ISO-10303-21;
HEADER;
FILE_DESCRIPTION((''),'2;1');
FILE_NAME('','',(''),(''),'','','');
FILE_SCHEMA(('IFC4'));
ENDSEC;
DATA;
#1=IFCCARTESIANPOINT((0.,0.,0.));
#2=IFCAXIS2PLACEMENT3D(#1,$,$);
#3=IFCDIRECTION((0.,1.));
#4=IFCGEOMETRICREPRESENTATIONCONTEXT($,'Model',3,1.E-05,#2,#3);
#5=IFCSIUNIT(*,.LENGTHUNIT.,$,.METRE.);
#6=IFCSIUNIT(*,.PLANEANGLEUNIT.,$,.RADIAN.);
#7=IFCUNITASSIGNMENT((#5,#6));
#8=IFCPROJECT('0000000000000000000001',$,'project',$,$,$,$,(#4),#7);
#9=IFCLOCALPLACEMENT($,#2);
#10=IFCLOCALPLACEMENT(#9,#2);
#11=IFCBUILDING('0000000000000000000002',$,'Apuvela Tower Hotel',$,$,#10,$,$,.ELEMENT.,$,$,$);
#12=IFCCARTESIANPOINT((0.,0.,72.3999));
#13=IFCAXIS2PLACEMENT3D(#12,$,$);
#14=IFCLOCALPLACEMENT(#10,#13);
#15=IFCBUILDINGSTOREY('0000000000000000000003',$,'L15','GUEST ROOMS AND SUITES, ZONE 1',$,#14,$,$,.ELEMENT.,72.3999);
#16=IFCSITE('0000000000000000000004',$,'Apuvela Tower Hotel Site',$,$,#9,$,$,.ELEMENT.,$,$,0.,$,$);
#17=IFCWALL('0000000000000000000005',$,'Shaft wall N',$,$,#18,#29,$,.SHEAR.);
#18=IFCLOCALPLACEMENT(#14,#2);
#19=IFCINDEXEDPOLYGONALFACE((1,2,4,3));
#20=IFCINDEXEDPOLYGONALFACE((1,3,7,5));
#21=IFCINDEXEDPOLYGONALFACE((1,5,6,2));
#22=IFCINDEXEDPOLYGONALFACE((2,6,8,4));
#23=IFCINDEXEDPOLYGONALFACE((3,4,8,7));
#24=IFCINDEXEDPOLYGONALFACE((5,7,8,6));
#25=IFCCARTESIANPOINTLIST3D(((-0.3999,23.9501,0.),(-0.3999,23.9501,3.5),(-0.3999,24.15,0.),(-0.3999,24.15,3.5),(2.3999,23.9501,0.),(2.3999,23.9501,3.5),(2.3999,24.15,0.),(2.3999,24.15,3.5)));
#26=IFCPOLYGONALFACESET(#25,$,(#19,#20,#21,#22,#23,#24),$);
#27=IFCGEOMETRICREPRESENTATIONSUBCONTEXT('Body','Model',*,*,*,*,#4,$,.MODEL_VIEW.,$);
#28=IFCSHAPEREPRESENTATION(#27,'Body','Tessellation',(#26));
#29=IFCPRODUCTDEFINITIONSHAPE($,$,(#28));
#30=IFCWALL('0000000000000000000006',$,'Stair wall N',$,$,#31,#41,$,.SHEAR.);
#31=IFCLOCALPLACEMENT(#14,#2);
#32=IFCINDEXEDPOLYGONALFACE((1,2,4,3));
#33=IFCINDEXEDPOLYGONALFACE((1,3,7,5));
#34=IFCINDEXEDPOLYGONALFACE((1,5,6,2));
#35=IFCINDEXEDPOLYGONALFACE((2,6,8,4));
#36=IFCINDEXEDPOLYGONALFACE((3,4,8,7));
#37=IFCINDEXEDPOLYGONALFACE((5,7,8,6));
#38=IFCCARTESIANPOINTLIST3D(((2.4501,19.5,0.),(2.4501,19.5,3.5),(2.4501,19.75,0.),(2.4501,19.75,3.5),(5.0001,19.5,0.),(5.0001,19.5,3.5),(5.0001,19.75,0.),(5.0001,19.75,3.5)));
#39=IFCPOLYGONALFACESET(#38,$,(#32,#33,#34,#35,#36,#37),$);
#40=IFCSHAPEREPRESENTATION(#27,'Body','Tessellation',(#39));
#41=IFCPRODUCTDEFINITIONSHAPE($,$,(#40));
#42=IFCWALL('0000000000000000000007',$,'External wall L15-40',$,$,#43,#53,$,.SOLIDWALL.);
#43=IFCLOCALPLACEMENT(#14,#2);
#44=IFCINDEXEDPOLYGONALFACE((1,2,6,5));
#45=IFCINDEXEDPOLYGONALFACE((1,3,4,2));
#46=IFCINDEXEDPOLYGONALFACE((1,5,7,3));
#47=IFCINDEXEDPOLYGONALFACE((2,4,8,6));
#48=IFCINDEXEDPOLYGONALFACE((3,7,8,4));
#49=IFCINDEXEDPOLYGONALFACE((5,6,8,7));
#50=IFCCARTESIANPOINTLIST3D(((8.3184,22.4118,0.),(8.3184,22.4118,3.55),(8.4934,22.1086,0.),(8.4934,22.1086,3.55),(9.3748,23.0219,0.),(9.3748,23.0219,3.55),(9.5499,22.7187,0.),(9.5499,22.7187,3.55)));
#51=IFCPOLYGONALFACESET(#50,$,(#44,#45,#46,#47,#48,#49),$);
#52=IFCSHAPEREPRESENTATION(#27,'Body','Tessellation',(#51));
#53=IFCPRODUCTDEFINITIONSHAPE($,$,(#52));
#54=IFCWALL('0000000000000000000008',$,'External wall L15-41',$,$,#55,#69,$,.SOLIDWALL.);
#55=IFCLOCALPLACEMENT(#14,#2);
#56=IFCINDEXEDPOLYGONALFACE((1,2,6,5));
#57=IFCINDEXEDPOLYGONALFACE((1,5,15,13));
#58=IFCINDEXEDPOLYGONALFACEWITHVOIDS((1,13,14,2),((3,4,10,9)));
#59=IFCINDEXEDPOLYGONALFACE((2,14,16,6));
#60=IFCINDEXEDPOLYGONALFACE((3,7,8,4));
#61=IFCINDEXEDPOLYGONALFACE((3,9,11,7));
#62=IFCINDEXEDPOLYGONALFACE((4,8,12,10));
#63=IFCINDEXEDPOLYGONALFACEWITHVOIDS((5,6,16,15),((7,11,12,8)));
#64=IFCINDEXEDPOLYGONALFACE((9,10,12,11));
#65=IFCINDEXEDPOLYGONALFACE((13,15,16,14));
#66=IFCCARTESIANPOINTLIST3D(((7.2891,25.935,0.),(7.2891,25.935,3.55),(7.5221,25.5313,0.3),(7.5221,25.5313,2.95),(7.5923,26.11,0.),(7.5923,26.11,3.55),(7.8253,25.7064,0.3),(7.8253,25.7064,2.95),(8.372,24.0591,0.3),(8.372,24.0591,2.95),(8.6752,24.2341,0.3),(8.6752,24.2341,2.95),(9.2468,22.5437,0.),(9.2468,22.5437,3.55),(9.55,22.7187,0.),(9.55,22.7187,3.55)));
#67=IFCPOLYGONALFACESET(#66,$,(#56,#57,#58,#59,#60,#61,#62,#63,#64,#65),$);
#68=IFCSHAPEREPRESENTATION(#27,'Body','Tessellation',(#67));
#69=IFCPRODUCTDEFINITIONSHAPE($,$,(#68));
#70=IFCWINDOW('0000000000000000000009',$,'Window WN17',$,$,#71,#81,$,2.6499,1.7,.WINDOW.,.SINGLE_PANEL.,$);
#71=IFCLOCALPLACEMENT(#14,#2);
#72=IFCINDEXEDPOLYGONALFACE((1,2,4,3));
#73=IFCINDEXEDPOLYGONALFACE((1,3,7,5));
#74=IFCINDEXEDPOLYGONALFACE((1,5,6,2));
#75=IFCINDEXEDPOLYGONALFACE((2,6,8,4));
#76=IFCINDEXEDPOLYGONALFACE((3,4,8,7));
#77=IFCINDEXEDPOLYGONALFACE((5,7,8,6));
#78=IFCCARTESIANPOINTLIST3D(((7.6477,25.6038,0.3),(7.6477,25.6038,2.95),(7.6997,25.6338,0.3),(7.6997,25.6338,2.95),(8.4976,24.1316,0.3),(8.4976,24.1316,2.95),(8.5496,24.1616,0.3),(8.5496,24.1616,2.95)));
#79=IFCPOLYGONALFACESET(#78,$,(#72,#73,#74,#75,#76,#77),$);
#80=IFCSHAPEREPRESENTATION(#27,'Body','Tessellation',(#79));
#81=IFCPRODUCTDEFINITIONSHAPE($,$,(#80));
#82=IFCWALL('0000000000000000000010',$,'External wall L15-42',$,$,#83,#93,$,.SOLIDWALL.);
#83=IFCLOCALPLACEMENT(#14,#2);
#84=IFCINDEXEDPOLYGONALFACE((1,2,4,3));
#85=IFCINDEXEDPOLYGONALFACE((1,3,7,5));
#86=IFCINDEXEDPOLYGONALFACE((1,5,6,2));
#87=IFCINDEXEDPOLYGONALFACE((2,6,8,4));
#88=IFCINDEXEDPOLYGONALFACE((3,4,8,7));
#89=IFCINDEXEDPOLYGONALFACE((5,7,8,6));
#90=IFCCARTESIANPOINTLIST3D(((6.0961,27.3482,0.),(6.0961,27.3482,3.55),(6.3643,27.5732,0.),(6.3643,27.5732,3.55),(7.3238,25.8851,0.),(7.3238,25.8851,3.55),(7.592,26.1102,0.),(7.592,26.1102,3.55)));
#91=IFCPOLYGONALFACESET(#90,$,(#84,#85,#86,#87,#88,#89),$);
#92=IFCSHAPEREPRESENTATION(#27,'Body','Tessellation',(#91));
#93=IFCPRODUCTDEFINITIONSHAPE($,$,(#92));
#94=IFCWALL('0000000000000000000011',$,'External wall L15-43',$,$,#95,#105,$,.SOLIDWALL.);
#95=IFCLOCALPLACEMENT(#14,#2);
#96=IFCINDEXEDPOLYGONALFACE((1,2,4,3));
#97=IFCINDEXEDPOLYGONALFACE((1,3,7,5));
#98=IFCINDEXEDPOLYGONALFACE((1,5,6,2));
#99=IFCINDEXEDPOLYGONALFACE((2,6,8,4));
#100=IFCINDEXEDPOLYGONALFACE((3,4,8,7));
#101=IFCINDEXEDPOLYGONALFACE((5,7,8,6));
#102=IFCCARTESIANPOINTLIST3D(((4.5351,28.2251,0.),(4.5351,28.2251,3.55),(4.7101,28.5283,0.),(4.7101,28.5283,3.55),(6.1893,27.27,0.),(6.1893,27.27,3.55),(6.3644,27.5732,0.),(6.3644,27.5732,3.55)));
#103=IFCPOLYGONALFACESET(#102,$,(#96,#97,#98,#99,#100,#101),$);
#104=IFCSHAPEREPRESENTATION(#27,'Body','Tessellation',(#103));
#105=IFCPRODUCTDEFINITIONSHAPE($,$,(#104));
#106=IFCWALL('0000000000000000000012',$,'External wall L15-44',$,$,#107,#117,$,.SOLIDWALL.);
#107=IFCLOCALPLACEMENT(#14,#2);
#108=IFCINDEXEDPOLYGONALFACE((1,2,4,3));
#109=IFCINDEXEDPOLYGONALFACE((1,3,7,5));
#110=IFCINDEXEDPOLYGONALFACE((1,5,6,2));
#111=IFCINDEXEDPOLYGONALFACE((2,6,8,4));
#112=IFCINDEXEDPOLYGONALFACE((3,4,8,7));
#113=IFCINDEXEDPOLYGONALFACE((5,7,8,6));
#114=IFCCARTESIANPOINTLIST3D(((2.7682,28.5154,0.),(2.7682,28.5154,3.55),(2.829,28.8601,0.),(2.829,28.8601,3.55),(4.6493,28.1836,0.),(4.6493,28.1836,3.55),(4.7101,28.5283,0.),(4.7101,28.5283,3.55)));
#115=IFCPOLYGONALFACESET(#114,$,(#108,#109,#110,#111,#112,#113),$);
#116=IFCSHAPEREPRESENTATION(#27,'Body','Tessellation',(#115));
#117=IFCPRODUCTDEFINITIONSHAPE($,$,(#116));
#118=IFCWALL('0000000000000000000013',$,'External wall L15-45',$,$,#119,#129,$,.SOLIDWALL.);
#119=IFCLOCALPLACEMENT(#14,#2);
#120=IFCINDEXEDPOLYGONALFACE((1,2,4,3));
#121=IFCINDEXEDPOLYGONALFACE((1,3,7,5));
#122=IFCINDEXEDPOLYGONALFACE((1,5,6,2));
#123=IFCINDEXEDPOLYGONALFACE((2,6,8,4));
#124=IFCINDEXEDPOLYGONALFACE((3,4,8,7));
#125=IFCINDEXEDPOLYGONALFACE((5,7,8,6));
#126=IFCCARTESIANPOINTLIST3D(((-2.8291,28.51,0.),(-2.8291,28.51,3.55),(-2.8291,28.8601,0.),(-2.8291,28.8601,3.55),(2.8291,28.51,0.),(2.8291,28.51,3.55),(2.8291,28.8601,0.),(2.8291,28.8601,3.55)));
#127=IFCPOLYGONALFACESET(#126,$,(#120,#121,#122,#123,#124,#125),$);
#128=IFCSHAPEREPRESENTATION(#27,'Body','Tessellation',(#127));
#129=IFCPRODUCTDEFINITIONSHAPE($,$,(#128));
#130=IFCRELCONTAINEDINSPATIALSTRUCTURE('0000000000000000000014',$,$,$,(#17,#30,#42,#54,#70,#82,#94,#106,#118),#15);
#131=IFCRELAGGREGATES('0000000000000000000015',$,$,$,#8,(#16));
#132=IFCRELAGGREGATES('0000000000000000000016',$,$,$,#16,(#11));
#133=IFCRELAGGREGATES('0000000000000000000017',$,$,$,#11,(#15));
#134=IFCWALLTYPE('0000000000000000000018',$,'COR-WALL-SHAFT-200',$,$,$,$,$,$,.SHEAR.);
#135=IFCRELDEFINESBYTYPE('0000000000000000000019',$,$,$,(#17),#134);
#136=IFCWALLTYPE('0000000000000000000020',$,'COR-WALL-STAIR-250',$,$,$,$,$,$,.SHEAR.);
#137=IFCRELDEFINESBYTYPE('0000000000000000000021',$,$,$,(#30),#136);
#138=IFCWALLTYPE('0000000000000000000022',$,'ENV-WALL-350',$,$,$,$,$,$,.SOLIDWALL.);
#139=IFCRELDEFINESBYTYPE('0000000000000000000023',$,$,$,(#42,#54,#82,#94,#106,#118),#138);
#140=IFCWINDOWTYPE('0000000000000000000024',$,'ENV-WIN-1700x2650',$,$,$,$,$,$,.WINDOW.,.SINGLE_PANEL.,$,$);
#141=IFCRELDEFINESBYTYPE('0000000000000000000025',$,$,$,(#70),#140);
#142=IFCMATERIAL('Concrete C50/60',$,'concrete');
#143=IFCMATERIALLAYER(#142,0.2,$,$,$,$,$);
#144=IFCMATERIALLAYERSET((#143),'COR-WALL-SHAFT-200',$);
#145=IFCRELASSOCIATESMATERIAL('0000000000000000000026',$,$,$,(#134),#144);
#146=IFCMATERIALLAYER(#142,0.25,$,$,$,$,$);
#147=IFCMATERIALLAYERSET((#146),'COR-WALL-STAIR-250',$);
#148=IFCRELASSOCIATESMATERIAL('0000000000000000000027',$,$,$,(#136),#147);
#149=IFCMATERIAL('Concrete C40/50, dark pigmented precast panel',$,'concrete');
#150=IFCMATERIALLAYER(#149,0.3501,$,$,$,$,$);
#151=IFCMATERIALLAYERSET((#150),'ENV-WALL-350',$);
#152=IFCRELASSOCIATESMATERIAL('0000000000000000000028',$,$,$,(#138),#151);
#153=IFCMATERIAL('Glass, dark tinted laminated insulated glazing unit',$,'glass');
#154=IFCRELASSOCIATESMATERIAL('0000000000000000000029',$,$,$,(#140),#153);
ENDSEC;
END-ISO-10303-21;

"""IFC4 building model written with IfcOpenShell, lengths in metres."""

from ifc_helpers import new_model, si_unit, direction, frame, frame_2d, origin, place, context, subcontext, project, spatial, rectangle, extrude, material, layer, layer_set, type_object, element, fill, save


model = new_model("IFC4")

# Units and contexts
model_context = context("Model", 3, precision=1e-05, world=origin(), true_north=direction((0.0, 1.0)))
body_context = subcontext(model_context, "Body", "Model", "MODEL_VIEW")
ifc_project = project(units=[si_unit("LENGTHUNIT", "METRE"), si_unit("PLANEANGLEUNIT", "RADIAN")], contexts=[model_context])

# Site, building, storey
site_placement = place(None, origin())
site = spatial("IfcSite", under=ifc_project, at=site_placement, Name="Apuvela Tower Hotel Site", CompositionType="ELEMENT", RefElevation=0.0)
building_placement = place(site_placement, origin())
building = spatial("IfcBuilding", under=site, at=building_placement, Name="Apuvela Tower Hotel", CompositionType="ELEMENT")
storey_placement = place(building_placement, frame((0.0, 0.0, 72.3999)))
storey = spatial("IfcBuildingStorey", under=building, at=storey_placement, Name="L15", Description="GUEST ROOMS AND SUITES, ZONE 1", CompositionType="ELEMENT", Elevation=72.3999)

# Walls
ifc_material_1 = material(Name="Concrete C50/60", Category="concrete")
ifc_layer_1 = layer(ifc_material_1, 0.2)
ifc_layer_set_1 = layer_set([ifc_layer_1], Name="COR-WALL-SHAFT-200")
wall_type_1 = type_object("IfcWallType", Name="COR-WALL-SHAFT-200", PredefinedType="SHEAR", material=ifc_layer_set_1)
wall_1_placement = place(storey_placement, frame((2.3999, 24.05, 0.0), z_axis=(0.0, 0.0, 1.0), x_axis=(-1.0, 0.0, 0.0)))
element("IfcWall", 1, at=wall_1_placement, inside=storey, type_object=wall_type_1, Name="Shaft wall N", PredefinedType="SHEAR", context=body_context, shape_type="SweptSolid", body=[
    extrude(rectangle(XDim=2.7998, YDim=0.2, at=frame_2d((1.3999, 0.0))), origin(), (0.0, 0.0, 1.0), 3.5),
])
ifc_layer_2 = layer(ifc_material_1, 0.25)
ifc_layer_set_2 = layer_set([ifc_layer_2], Name="COR-WALL-STAIR-250")
wall_type_2 = type_object("IfcWallType", Name="COR-WALL-STAIR-250", PredefinedType="SHEAR", material=ifc_layer_set_2)
wall_2_placement = place(storey_placement, frame((5.0, 19.625, 0.0), z_axis=(0.0, 0.0, 1.0), x_axis=(-1.0, 0.0, 0.0)))
element("IfcWall", 2, at=wall_2_placement, inside=storey, type_object=wall_type_2, Name="Stair wall N", PredefinedType="SHEAR", context=body_context, shape_type="SweptSolid", body=[
    extrude(rectangle(XDim=2.55, YDim=0.25, at=frame_2d((1.2749, 0.0))), origin(), (0.0, 0.0, 1.0), 3.5),
])
ifc_material_2 = material(Name="Concrete C40/50, dark pigmented precast panel", Category="concrete")
ifc_layer_3 = layer(ifc_material_2, 0.3501)
ifc_layer_set_3 = layer_set([ifc_layer_3], Name="ENV-WALL-350")
wall_type_3 = type_object("IfcWallType", Name="ENV-WALL-350", PredefinedType="SOLIDWALL", material=ifc_layer_set_3)
wall_3_placement = place(storey_placement, frame((8.406, 22.2603, 0.0), z_axis=(0.0, 0.0, 1.0), x_axis=(0.865956, 0.500121, 0.0)))
element("IfcWall", 3, at=wall_3_placement, inside=storey, type_object=wall_type_3, Name="External wall L15-40", PredefinedType="SOLIDWALL", context=body_context, shape_type="SweptSolid", body=[
    extrude(rectangle(XDim=1.22, YDim=0.3501, at=frame_2d((0.6099, 0.0))), origin(), (0.0, 0.0, 1.0), 3.55),
])

# Wall, opening, window
wall_4_placement = place(storey_placement, frame((9.3984, 22.6311, 0.0), z_axis=(0.0, 0.0, 1.0), x_axis=(-0.499955, 0.866052, 0.0)))
wall_4 = element("IfcWall", 4, at=wall_4_placement, inside=storey, type_object=wall_type_3, Name="External wall L15-41", PredefinedType="SOLIDWALL", context=body_context, shape_type="SweptSolid", body=[
    extrude(rectangle(XDim=3.9158, YDim=0.3501, at=frame_2d((1.958, 0.0))), origin(), (0.0, 0.0, 1.0), 3.55),
])
opening_placement = place(wall_4_placement, frame((1.7498, 0.0, 0.3)))
opening = element("IfcOpeningElement", 5, at=opening_placement, cuts=wall_4, PredefinedType="OPENING", context=body_context, shape_type="SweptSolid", body=[
    extrude(rectangle(XDim=1.7, YDim=2.6499, at=frame_2d((0.8501, 1.325))), frame((0.0, 0.1851, 0.0), z_axis=(0.0, -1.0, 0.0), x_axis=(1.0, 0.0, 0.0)), (0.0, 0.0, 1.0), 0.3701),
])
ifc_material_3 = material(Name="Glass, dark tinted laminated insulated glazing unit", Category="glass")
window_type = type_object("IfcWindowType", Name="ENV-WIN-1700x2650", PartitioningType="SINGLE_PANEL", PredefinedType="WINDOW", material=ifc_material_3)
window_placement = place(opening_placement, origin())
window = element("IfcWindow", 6, at=window_placement, inside=storey, type_object=window_type, Name="Window WN17", OverallHeight=2.6499, OverallWidth=1.7, PartitioningType="SINGLE_PANEL", PredefinedType="WINDOW", context=body_context, shape_type="SweptSolid", body=[
    extrude(rectangle(XDim=1.7, YDim=2.6499, at=frame_2d((0.8501, 1.325))), frame((0.0, 0.03, 0.0), z_axis=(0.0, -1.0, 0.0), x_axis=(1.0, 0.0, 0.0)), (0.0, 0.0, 1.0), 0.0601),
])
fill(opening, window)

# Walls
wall_5_placement = place(storey_placement, frame((7.458, 25.9976, 0.0), z_axis=(0.0, 0.0, 1.0), x_axis=(-0.642808, 0.766027, 0.0)))
element("IfcWall", 7, at=wall_5_placement, inside=storey, type_object=wall_type_3, Name="External wall L15-42", PredefinedType="SOLIDWALL", context=body_context, shape_type="SweptSolid", body=[
    extrude(rectangle(XDim=1.9099, YDim=0.3501, at=frame_2d((0.9551, 0.0))), origin(), (0.0, 0.0, 1.0), 3.55),
])
for number, where, z_axis, x_axis, name in (
    (8, (6.2769, 27.4216, 0.0), (0.0, 0.0, 1.0), (-0.866032, 0.499988, 0.0), "External wall L15-43"),
    (9, (4.6797, 28.356, 0.0), (0.0, 0.0, 1.0), (-0.984799, 0.173698, 0.0), "External wall L15-44"),
):
    element("IfcWall", number, at=place(storey_placement, frame(where, z_axis=z_axis, x_axis=x_axis)), inside=storey, type_object=wall_type_3, Name=name, PredefinedType="SOLIDWALL", context=body_context, shape_type="SweptSolid", body=[
        extrude(rectangle(XDim=1.9102, YDim=0.3501, at=frame_2d((0.9551, 0.0))), origin(), (0.0, 0.0, 1.0), 3.55),
    ])
wall_6_placement = place(storey_placement, frame((2.8291, 28.6851, 0.0), z_axis=(0.0, 0.0, 1.0), x_axis=(-1.0, 0.0, 0.0)))
element("IfcWall", 10, at=wall_6_placement, inside=storey, type_object=wall_type_3, Name="External wall L15-45", PredefinedType="SOLIDWALL", context=body_context, shape_type="SweptSolid", body=[
    extrude(rectangle(XDim=5.6582, YDim=0.3501, at=frame_2d((2.8291, 0.0))), origin(), (0.0, 0.0, 1.0), 3.55),
])

save(model, "model.ifc")
